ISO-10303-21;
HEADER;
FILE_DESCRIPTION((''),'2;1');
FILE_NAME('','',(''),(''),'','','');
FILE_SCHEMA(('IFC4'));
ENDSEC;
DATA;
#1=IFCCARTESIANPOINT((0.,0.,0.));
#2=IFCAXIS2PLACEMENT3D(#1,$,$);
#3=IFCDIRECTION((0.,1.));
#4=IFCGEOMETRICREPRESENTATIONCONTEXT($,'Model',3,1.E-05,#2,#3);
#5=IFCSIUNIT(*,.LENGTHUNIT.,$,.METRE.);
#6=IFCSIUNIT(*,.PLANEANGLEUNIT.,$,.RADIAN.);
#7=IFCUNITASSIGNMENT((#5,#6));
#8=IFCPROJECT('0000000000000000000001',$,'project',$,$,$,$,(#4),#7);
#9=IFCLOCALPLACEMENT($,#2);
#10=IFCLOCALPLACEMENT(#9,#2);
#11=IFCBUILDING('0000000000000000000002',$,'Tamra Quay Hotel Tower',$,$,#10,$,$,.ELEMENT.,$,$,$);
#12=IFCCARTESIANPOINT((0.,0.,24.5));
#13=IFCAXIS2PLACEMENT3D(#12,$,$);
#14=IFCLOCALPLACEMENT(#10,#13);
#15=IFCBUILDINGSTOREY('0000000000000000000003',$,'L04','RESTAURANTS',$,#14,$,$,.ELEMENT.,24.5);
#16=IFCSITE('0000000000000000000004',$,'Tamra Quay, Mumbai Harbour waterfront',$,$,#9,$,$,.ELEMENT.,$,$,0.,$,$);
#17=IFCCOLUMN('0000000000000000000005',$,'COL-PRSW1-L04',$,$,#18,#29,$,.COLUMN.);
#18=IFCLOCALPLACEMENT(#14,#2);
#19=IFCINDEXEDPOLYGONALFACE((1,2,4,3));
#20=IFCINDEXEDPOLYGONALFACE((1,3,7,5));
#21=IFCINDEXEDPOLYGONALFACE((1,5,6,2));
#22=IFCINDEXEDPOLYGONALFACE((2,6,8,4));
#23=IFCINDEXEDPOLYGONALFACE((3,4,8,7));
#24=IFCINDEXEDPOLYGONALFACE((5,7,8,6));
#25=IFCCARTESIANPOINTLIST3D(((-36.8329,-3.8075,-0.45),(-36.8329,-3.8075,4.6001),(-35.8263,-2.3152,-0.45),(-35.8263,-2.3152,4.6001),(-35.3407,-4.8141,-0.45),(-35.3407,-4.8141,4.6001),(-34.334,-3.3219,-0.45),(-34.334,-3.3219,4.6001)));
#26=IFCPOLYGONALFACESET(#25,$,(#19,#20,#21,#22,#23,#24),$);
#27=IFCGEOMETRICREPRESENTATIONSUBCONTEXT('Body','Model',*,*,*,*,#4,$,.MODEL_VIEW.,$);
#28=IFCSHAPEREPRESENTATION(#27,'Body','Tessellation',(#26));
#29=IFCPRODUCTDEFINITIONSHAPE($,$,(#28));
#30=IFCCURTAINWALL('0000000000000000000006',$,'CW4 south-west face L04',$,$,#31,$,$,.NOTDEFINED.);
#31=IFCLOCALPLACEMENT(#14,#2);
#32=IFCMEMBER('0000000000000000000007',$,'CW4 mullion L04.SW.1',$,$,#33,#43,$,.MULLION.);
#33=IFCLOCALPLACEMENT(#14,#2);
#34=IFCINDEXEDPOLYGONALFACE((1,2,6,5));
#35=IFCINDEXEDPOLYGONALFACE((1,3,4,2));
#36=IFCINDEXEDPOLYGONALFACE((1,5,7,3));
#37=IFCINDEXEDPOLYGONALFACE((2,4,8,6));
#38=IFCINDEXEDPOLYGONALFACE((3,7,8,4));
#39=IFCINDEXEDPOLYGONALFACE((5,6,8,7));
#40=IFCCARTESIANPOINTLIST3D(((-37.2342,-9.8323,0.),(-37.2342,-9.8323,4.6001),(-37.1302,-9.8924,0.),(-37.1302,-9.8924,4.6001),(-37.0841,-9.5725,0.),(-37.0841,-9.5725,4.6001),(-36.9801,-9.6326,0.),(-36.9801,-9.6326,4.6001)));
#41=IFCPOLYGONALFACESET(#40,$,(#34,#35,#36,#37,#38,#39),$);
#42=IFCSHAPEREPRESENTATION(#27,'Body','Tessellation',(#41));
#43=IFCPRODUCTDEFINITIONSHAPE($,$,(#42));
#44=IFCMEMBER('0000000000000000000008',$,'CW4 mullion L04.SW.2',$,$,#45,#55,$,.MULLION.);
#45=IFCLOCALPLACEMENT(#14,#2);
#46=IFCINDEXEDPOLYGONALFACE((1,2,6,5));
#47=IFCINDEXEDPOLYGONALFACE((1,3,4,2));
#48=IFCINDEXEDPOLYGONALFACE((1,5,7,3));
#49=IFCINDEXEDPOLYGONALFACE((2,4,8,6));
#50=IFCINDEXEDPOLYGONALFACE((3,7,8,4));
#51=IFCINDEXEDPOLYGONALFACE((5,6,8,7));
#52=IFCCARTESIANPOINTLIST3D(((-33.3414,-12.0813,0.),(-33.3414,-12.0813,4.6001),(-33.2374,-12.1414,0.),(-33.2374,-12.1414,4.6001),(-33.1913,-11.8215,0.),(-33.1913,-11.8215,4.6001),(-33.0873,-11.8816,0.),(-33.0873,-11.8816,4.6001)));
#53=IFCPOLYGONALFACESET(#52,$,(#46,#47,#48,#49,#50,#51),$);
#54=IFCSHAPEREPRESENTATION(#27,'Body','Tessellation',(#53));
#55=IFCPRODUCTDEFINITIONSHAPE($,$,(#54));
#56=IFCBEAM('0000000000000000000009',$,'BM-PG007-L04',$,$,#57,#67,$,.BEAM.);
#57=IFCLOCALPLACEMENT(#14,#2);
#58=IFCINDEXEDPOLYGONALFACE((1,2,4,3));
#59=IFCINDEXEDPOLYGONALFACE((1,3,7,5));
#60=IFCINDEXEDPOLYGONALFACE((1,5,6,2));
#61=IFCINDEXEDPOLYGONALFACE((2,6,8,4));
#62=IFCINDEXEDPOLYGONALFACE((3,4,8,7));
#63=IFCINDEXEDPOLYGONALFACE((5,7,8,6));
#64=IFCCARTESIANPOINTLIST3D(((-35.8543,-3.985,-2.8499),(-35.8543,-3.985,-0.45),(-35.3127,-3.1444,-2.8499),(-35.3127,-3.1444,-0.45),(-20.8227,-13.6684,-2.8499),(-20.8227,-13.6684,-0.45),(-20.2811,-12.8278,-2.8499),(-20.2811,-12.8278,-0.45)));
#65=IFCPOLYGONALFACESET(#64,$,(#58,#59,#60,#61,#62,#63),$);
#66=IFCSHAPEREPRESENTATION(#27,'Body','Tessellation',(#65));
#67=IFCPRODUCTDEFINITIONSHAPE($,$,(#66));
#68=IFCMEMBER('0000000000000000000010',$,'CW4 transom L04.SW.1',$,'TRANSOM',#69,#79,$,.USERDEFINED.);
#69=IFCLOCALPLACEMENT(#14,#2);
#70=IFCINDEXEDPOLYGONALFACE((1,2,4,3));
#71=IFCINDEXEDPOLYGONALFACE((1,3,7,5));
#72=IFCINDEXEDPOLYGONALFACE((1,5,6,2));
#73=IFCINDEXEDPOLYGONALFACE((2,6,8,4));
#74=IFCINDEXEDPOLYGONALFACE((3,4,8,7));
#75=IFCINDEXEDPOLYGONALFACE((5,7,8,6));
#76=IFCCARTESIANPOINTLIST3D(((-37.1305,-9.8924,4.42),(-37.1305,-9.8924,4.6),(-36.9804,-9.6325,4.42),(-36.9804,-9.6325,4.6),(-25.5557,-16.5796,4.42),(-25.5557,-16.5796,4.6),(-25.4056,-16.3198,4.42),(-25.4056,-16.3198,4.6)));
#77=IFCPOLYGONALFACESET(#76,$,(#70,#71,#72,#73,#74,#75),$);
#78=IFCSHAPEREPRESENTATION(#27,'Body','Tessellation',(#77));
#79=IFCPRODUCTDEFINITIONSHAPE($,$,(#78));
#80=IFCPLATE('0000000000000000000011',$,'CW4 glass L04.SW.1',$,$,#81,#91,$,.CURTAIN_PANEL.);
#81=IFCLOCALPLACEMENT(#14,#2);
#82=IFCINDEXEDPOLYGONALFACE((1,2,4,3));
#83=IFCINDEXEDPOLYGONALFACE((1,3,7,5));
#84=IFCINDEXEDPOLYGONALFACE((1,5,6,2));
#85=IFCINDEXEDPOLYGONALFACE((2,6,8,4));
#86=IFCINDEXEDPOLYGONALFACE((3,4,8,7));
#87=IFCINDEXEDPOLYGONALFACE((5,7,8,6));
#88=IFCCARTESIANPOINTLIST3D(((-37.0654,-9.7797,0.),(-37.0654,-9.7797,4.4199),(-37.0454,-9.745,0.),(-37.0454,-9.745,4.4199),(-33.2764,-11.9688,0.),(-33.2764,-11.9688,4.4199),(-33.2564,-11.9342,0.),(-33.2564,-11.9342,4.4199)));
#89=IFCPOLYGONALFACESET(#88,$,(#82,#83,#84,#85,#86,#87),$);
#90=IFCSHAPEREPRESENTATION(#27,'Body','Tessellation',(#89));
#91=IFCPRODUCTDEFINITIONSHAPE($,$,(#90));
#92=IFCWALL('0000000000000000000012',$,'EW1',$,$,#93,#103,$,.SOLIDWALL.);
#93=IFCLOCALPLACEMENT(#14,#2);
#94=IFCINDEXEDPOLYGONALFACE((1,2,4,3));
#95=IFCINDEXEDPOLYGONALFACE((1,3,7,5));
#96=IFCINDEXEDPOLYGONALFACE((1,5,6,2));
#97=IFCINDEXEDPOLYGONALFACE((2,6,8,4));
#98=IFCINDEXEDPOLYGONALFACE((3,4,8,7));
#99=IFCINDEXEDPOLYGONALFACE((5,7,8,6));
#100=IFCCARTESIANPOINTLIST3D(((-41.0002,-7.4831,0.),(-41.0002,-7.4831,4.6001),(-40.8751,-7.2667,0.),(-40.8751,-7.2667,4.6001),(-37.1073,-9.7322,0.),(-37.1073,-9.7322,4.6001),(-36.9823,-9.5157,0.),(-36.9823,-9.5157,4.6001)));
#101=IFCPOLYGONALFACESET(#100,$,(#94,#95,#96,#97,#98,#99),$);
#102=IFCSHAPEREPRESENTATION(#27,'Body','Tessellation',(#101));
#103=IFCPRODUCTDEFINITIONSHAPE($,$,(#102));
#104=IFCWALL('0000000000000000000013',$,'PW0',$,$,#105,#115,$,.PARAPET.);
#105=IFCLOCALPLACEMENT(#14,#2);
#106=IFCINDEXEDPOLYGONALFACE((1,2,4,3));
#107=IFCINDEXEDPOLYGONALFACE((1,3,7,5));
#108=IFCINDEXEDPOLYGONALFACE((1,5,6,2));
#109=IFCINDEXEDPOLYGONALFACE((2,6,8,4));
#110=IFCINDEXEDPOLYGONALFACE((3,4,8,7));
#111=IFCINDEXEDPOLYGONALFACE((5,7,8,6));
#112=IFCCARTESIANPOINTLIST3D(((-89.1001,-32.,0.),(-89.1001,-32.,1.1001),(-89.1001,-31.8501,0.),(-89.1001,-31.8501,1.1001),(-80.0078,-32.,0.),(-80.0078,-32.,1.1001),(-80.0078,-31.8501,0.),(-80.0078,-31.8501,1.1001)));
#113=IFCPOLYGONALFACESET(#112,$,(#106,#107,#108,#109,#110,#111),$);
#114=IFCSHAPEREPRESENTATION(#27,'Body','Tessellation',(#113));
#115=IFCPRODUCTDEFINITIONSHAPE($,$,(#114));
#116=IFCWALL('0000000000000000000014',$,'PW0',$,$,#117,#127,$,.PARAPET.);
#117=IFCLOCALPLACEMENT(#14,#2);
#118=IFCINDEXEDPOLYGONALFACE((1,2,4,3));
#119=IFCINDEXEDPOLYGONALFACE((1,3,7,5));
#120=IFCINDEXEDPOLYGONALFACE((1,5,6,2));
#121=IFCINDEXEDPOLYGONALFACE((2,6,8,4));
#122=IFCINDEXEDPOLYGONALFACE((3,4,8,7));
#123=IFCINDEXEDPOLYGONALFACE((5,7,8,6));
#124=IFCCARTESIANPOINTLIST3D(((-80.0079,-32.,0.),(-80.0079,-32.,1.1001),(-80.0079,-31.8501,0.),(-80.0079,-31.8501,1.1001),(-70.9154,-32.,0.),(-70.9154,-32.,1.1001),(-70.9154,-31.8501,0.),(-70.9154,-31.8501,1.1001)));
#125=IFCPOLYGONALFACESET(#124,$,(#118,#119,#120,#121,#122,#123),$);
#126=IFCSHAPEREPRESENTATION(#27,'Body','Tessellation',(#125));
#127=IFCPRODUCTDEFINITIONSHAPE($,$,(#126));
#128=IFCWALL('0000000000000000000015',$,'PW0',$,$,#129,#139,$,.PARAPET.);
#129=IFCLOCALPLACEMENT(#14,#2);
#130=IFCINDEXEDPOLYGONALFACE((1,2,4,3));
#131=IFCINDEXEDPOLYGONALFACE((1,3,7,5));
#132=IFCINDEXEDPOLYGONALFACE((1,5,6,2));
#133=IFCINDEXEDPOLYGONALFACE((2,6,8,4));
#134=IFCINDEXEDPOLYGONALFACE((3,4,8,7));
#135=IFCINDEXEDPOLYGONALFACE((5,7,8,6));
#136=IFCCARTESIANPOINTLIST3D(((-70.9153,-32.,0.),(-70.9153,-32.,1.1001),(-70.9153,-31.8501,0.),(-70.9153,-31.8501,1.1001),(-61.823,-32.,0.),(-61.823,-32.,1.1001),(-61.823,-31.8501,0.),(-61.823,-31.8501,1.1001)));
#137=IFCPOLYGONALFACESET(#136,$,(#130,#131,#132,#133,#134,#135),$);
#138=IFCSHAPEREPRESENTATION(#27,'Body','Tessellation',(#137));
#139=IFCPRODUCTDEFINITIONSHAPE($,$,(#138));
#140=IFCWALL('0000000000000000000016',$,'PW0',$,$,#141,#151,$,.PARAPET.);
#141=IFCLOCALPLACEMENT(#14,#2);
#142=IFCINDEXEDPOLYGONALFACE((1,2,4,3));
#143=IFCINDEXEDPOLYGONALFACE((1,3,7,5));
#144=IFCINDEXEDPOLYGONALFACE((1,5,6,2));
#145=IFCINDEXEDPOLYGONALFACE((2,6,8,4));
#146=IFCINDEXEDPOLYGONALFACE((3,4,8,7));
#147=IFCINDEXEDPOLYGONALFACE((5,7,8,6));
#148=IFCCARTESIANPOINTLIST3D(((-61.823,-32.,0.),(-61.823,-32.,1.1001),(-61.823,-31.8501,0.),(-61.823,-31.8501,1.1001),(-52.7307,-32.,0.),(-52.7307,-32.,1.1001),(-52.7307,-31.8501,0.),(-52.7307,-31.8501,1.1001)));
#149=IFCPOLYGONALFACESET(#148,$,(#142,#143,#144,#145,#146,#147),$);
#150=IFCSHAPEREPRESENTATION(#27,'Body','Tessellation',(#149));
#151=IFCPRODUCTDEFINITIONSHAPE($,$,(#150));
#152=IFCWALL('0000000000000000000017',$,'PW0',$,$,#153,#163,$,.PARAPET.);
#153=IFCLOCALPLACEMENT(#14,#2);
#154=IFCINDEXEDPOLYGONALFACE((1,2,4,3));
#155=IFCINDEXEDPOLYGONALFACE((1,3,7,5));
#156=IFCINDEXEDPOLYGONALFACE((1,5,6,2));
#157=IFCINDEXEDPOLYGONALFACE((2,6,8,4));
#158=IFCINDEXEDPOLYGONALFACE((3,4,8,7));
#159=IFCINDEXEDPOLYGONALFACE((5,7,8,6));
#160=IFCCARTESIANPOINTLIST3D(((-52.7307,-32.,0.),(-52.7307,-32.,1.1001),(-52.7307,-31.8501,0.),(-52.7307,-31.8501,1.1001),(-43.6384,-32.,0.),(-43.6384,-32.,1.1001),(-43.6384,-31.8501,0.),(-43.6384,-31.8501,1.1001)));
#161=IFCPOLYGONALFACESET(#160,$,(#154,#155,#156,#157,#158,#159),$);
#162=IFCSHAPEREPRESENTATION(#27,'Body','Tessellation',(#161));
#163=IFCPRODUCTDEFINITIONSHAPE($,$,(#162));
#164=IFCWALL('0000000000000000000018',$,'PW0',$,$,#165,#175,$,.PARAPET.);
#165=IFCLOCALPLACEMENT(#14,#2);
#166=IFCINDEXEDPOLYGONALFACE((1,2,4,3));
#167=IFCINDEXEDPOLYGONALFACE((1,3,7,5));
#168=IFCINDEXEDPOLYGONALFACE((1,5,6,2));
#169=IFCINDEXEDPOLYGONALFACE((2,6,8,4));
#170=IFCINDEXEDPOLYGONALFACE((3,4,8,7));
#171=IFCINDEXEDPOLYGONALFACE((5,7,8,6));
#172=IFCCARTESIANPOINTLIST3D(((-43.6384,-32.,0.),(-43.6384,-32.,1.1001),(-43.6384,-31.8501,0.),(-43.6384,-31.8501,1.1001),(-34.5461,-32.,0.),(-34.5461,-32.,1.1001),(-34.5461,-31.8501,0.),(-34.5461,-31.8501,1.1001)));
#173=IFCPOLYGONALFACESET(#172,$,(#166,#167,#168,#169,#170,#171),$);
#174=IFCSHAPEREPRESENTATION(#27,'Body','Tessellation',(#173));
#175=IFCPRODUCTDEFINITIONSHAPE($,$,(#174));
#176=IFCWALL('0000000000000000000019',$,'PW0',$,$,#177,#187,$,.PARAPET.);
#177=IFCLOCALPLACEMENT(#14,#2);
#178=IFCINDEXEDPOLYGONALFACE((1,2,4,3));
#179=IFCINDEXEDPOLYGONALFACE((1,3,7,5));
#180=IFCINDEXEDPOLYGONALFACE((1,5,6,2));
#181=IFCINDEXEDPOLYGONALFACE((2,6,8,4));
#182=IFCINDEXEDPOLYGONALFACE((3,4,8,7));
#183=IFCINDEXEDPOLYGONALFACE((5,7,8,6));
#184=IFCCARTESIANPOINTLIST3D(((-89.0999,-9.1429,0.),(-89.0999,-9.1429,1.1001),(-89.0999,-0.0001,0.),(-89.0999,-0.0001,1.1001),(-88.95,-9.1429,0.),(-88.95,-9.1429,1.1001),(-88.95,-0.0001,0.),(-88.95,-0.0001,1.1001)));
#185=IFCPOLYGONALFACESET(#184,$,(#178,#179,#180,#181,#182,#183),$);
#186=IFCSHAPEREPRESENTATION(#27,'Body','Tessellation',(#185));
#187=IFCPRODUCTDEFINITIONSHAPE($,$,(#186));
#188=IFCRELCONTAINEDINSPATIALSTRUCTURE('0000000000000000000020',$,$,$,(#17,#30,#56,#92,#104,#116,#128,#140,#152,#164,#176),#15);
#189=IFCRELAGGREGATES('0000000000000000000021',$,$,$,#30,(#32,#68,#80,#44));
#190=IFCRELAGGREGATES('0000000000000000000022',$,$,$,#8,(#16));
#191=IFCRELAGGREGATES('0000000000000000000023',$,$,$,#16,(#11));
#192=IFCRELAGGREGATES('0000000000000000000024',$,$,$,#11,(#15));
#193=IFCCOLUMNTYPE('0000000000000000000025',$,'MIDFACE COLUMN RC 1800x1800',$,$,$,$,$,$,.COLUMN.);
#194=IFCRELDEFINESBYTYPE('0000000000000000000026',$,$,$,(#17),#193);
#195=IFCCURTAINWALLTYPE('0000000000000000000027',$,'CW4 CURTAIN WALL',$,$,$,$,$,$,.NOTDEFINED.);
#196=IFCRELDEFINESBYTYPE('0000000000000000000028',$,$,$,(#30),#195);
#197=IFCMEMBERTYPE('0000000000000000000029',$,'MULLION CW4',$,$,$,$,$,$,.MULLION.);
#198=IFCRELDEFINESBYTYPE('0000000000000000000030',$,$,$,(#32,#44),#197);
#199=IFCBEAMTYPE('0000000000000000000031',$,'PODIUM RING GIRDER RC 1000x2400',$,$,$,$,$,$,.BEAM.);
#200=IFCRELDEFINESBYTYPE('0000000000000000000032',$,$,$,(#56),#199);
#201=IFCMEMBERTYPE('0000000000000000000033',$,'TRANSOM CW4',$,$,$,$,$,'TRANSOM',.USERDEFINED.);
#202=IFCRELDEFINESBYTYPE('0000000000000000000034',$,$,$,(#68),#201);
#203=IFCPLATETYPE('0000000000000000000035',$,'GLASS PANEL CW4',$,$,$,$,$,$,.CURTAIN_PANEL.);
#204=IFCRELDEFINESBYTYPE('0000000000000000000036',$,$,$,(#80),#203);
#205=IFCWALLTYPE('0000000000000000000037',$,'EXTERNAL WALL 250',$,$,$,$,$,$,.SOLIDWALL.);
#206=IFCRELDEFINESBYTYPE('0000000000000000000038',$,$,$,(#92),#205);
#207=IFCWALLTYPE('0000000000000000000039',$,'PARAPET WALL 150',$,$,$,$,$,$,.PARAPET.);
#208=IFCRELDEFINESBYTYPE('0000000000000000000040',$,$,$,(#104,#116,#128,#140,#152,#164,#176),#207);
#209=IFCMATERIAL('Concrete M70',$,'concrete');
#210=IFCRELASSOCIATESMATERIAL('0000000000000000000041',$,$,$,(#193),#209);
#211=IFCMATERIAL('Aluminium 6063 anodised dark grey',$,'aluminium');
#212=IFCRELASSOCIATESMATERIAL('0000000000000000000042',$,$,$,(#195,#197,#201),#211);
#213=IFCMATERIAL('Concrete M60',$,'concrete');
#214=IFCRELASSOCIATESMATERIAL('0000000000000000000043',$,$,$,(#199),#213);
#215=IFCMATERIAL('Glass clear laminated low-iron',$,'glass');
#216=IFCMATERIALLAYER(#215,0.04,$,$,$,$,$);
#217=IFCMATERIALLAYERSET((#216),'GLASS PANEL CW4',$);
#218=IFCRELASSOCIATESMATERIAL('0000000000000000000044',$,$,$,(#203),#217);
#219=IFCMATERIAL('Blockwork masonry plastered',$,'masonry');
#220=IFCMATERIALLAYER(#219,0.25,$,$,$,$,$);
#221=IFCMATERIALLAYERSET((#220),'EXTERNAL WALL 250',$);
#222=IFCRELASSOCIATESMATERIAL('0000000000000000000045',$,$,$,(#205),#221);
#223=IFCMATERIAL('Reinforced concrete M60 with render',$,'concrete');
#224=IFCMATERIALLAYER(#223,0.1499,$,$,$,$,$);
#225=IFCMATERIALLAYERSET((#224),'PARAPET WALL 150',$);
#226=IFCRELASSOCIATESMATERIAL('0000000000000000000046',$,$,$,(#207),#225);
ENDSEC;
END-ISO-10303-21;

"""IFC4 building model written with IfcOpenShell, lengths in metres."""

from ifc_helpers import new_model, si_unit, direction, frame, frame_2d, origin, origin_2d, place, context, subcontext, project, spatial, rectangle, extrude, material, layer, layer_set, material_profile, profile_set, type_object, element, aggregate, save


model = new_model("IFC4")

# Units and contexts
model_context = context("Model", 3, precision=1e-05, world=origin(), true_north=direction((0.0, 1.0)))
body_context = subcontext(model_context, "Body", "Model", "MODEL_VIEW")
ifc_project = project(units=[si_unit("LENGTHUNIT", "METRE"), si_unit("PLANEANGLEUNIT", "RADIAN")], contexts=[model_context])

# Site, building, storey
site_placement = place(None, origin())
site = spatial("IfcSite", under=ifc_project, at=site_placement, Name="Tamra Quay, Mumbai Harbour waterfront", CompositionType="ELEMENT", RefElevation=0.0)
building_placement = place(site_placement, origin())
building = spatial("IfcBuilding", under=site, at=building_placement, Name="Tamra Quay Hotel Tower", CompositionType="ELEMENT")
storey_placement = place(building_placement, frame((0.0, 0.0, 24.5)))
storey = spatial("IfcBuildingStorey", under=building, at=storey_placement, Name="L04", Description="RESTAURANTS", CompositionType="ELEMENT", Elevation=24.5)

# Column
ifc_material_1 = material(Name="Concrete M70", Category="concrete")
ifc_material_profile_1 = material_profile(ifc_material_1, rectangle(XDim=1.8, YDim=1.8, at=origin_2d()), Name="MIDFACE COLUMN RC 1800x1800")
ifc_profile_set_1 = profile_set([ifc_material_profile_1], Name="Concrete M70")
column_type = type_object("IfcColumnType", Name="MIDFACE COLUMN RC 1800x1800", PredefinedType="COLUMN", material=ifc_profile_set_1)
column_placement = place(storey_placement, frame((-35.5835, -3.5647, -0.45), z_axis=(0.0, 0.0, 1.0), x_axis=(0.55922, 0.829019, 0.0)))
element("IfcColumn", 1, at=column_placement, inside=storey, type_object=column_type, Name="COL-PRSW1-L04", PredefinedType="COLUMN", context=body_context, shape_type="SweptSolid", body=[
    extrude(rectangle(XDim=1.8, YDim=1.8, at=origin_2d()), origin(), (0.0, 0.0, 1.0), 5.05),
])

# Curtain wall, members
ifc_material_2 = material(Name="Aluminium 6063 anodised dark grey", Category="aluminium")
curtain_wall_type = type_object("IfcCurtainWallType", Name="CW4 CURTAIN WALL", PredefinedType="NOTDEFINED", material=ifc_material_2)
curtain_wall_placement = place(storey_placement, origin())
curtain_wall = element("IfcCurtainWall", 2, at=curtain_wall_placement, inside=storey, type_object=curtain_wall_type, Name="CW4 south-west face L04", PredefinedType="NOTDEFINED")
ifc_material_profile_2 = material_profile(ifc_material_2, rectangle(XDim=0.3, YDim=0.1201, at=origin_2d()), Name="MULLION 120X300")
ifc_profile_set_2 = profile_set([ifc_material_profile_2], Name="Aluminium 6063 anodised dark grey")
member_type_1 = type_object("IfcMemberType", Name="MULLION CW4", PredefinedType="MULLION", material=ifc_profile_set_2)
member_1_placement = place(storey_placement, frame((-37.1072, -9.7324, 0.0), z_axis=(0.0, 0.0, 1.0), x_axis=(-0.500265, -0.865872, 0.0)))
member_1 = element("IfcMember", 3, at=member_1_placement, type_object=member_type_1, Name="CW4 mullion L04.SW.1", PredefinedType="MULLION", context=body_context, shape_type="SweptSolid", body=[
    extrude(rectangle(XDim=0.3, YDim=0.1201, at=origin_2d()), origin(), (0.0, 0.0, 1.0), 4.6001),
])
member_2_placement = place(storey_placement, frame((-33.2144, -11.9814, 0.0), z_axis=(0.0, 0.0, 1.0), x_axis=(-0.500265, -0.865872, 0.0)))
member_2 = element("IfcMember", 4, at=member_2_placement, type_object=member_type_1, Name="CW4 mullion L04.SW.2", PredefinedType="MULLION", context=body_context, shape_type="SweptSolid", body=[
    extrude(rectangle(XDim=0.3, YDim=0.1201, at=origin_2d()), origin(), (0.0, 0.0, 1.0), 4.6001),
])

# Beam
ifc_material_3 = material(Name="Concrete M60", Category="concrete")
ifc_material_profile_3 = material_profile(ifc_material_3, rectangle(XDim=1.0, YDim=2.3999, at=origin_2d()), Name="PODIUM RING GIRDER RC 1000x2400")
ifc_profile_set_3 = profile_set([ifc_material_profile_3], Name="Concrete M60")
beam_type = type_object("IfcBeamType", Name="PODIUM RING GIRDER RC 1000x2400", PredefinedType="BEAM", material=ifc_profile_set_3)
beam_placement = place(storey_placement, frame((-35.5835, -3.5647, -1.6499), z_axis=(0.840663, -0.541559, 0.0), x_axis=(0.541559, 0.840663, 0.0)))
element("IfcBeam", 5, at=beam_placement, inside=storey, type_object=beam_type, Name="BM-PG007-L04", PredefinedType="BEAM", context=body_context, shape_type="SweptSolid", body=[
    extrude(rectangle(XDim=1.0, YDim=2.3999, at=origin_2d()), origin(), (0.0, 0.0, 1.0), 17.8806),
])

# Member
ifc_material_profile_4 = material_profile(ifc_material_2, rectangle(XDim=0.3, YDim=0.1799, at=origin_2d()), Name="TRANSOM 300X180")
ifc_profile_set_4 = profile_set([ifc_material_profile_4], Name="Aluminium 6063 anodised dark grey")
member_type_2 = type_object("IfcMemberType", Name="TRANSOM CW4", ElementType="TRANSOM", PredefinedType="USERDEFINED", material=ifc_profile_set_4)
member_3_placement = place(storey_placement, frame((-37.0554, -9.7625, 4.51), z_axis=(0.865877, -0.500258, 0.0), x_axis=(0.500258, 0.865877, 0.0)))
member_3 = element("IfcMember", 6, at=member_3_placement, type_object=member_type_2, Name="CW4 transom L04.SW.1", ObjectType="TRANSOM", PredefinedType="USERDEFINED", context=body_context, shape_type="SweptSolid", body=[
    extrude(rectangle(XDim=0.3, YDim=0.1799, at=origin_2d()), origin(), (0.0, 0.0, 1.0), 13.3677),
])

# Plate
ifc_material_4 = material(Name="Glass clear laminated low-iron", Category="glass")
ifc_layer_1 = layer(ifc_material_4, 0.04)
ifc_layer_set_1 = layer_set([ifc_layer_1], Name="GLASS PANEL CW4")
plate_type = type_object("IfcPlateType", Name="GLASS PANEL CW4", PredefinedType="CURTAIN_PANEL", material=ifc_layer_set_1)
plate_placement = place(storey_placement, frame((-35.1609, -10.8569, 0.0), z_axis=(0.0, 0.0, 1.0), x_axis=(0.865872, -0.500265, 0.0)))
plate = element("IfcPlate", 7, at=plate_placement, type_object=plate_type, Name="CW4 glass L04.SW.1", PredefinedType="CURTAIN_PANEL", context=body_context, shape_type="SweptSolid", body=[
    extrude(rectangle(XDim=4.376, YDim=0.04, at=origin_2d()), origin(), (0.0, 0.0, 1.0), 4.4199),
])
aggregate(curtain_wall, [member_1, member_3, plate, member_2])

# Walls
ifc_material_5 = material(Name="Blockwork masonry plastered", Category="masonry")
ifc_layer_2 = layer(ifc_material_5, 0.25)
ifc_layer_set_2 = layer_set([ifc_layer_2], Name="EXTERNAL WALL 250")
wall_type_1 = type_object("IfcWallType", Name="EXTERNAL WALL 250", PredefinedType="SOLIDWALL", material=ifc_layer_set_2)
wall_1_placement = place(storey_placement, frame((-37.0447, -9.624, 0.0), z_axis=(0.0, 0.0, 1.0), x_axis=(-0.865881, 0.50025, 0.0)))
element("IfcWall", 8, at=wall_1_placement, inside=storey, type_object=wall_type_1, Name="EW1", PredefinedType="SOLIDWALL", context=body_context, shape_type="SweptSolid", body=[
    extrude(rectangle(XDim=4.4958, YDim=0.25, at=frame_2d((2.248, 0.0))), origin(), (0.0, 0.0, 1.0), 4.6001),
])
ifc_material_6 = material(Name="Reinforced concrete M60 with render", Category="concrete")
ifc_layer_3 = layer(ifc_material_6, 0.1499)
ifc_layer_set_3 = layer_set([ifc_layer_3], Name="PARAPET WALL 150")
wall_type_2 = type_object("IfcWallType", Name="PARAPET WALL 150", PredefinedType="PARAPET", material=ifc_layer_set_3)
wall_2_placement = place(storey_placement, frame((-80.0078, -31.925, 0.0), z_axis=(0.0, 0.0, 1.0), x_axis=(-1.0, 0.0, 0.0)))
element("IfcWall", 9, at=wall_2_placement, inside=storey, type_object=wall_type_2, Name="PW0", PredefinedType="PARAPET", context=body_context, shape_type="SweptSolid", body=[
    extrude(rectangle(XDim=9.0923, YDim=0.1499, at=frame_2d((4.5461, 0.0))), origin(), (0.0, 0.0, 1.0), 1.1001),
])
wall_3_placement = place(storey_placement, frame((-70.9153, -31.925, 0.0), z_axis=(0.0, 0.0, 1.0), x_axis=(-1.0, 0.0, 0.0)))
element("IfcWall", 10, at=wall_3_placement, inside=storey, type_object=wall_type_2, Name="PW0", PredefinedType="PARAPET", context=body_context, shape_type="SweptSolid", body=[
    extrude(rectangle(XDim=9.0925, YDim=0.1499, at=frame_2d((4.5464, 0.0))), origin(), (0.0, 0.0, 1.0), 1.1001),
])
for number, where, z_axis, x_axis, name in (
    (11, (-61.823, -31.925, 0.0), (0.0, 0.0, 1.0), (-1.0, 0.0, 0.0), "PW0"),
    (12, (-52.7307, -31.925, 0.0), (0.0, 0.0, 1.0), (-1.0, 0.0, 0.0), "PW0"),
    (13, (-43.6384, -31.925, 0.0), (0.0, 0.0, 1.0), (-1.0, 0.0, 0.0), "PW0"),
    (14, (-34.5461, -31.925, 0.0), (0.0, 0.0, 1.0), (-1.0, 0.0, 0.0), "PW0"),
):
    element("IfcWall", number, at=place(storey_placement, frame(where, z_axis=z_axis, x_axis=x_axis)), inside=storey, type_object=wall_type_2, Name=name, PredefinedType="PARAPET", context=body_context, shape_type="SweptSolid", body=[
        extrude(rectangle(XDim=9.0923, YDim=0.1499, at=frame_2d((4.5461, 0.0))), origin(), (0.0, 0.0, 1.0), 1.1001),
    ])
for number, where, z_axis, x_axis, name in (
    (15, (-89.0249, -9.1428, 0.0), (0.0, 0.0, 1.0), (0.0, 1.0, 0.0), "PW0"),
):
    element("IfcWall", number, at=place(storey_placement, frame(where, z_axis=z_axis, x_axis=x_axis)), inside=storey, type_object=wall_type_2, Name=name, PredefinedType="PARAPET", context=body_context, shape_type="SweptSolid", body=[
        extrude(rectangle(XDim=9.1428, YDim=0.1499, at=frame_2d((4.5713, 0.0))), origin(), (0.0, 0.0, 1.0), 1.1001),
    ])

save(model, "model.ifc")
